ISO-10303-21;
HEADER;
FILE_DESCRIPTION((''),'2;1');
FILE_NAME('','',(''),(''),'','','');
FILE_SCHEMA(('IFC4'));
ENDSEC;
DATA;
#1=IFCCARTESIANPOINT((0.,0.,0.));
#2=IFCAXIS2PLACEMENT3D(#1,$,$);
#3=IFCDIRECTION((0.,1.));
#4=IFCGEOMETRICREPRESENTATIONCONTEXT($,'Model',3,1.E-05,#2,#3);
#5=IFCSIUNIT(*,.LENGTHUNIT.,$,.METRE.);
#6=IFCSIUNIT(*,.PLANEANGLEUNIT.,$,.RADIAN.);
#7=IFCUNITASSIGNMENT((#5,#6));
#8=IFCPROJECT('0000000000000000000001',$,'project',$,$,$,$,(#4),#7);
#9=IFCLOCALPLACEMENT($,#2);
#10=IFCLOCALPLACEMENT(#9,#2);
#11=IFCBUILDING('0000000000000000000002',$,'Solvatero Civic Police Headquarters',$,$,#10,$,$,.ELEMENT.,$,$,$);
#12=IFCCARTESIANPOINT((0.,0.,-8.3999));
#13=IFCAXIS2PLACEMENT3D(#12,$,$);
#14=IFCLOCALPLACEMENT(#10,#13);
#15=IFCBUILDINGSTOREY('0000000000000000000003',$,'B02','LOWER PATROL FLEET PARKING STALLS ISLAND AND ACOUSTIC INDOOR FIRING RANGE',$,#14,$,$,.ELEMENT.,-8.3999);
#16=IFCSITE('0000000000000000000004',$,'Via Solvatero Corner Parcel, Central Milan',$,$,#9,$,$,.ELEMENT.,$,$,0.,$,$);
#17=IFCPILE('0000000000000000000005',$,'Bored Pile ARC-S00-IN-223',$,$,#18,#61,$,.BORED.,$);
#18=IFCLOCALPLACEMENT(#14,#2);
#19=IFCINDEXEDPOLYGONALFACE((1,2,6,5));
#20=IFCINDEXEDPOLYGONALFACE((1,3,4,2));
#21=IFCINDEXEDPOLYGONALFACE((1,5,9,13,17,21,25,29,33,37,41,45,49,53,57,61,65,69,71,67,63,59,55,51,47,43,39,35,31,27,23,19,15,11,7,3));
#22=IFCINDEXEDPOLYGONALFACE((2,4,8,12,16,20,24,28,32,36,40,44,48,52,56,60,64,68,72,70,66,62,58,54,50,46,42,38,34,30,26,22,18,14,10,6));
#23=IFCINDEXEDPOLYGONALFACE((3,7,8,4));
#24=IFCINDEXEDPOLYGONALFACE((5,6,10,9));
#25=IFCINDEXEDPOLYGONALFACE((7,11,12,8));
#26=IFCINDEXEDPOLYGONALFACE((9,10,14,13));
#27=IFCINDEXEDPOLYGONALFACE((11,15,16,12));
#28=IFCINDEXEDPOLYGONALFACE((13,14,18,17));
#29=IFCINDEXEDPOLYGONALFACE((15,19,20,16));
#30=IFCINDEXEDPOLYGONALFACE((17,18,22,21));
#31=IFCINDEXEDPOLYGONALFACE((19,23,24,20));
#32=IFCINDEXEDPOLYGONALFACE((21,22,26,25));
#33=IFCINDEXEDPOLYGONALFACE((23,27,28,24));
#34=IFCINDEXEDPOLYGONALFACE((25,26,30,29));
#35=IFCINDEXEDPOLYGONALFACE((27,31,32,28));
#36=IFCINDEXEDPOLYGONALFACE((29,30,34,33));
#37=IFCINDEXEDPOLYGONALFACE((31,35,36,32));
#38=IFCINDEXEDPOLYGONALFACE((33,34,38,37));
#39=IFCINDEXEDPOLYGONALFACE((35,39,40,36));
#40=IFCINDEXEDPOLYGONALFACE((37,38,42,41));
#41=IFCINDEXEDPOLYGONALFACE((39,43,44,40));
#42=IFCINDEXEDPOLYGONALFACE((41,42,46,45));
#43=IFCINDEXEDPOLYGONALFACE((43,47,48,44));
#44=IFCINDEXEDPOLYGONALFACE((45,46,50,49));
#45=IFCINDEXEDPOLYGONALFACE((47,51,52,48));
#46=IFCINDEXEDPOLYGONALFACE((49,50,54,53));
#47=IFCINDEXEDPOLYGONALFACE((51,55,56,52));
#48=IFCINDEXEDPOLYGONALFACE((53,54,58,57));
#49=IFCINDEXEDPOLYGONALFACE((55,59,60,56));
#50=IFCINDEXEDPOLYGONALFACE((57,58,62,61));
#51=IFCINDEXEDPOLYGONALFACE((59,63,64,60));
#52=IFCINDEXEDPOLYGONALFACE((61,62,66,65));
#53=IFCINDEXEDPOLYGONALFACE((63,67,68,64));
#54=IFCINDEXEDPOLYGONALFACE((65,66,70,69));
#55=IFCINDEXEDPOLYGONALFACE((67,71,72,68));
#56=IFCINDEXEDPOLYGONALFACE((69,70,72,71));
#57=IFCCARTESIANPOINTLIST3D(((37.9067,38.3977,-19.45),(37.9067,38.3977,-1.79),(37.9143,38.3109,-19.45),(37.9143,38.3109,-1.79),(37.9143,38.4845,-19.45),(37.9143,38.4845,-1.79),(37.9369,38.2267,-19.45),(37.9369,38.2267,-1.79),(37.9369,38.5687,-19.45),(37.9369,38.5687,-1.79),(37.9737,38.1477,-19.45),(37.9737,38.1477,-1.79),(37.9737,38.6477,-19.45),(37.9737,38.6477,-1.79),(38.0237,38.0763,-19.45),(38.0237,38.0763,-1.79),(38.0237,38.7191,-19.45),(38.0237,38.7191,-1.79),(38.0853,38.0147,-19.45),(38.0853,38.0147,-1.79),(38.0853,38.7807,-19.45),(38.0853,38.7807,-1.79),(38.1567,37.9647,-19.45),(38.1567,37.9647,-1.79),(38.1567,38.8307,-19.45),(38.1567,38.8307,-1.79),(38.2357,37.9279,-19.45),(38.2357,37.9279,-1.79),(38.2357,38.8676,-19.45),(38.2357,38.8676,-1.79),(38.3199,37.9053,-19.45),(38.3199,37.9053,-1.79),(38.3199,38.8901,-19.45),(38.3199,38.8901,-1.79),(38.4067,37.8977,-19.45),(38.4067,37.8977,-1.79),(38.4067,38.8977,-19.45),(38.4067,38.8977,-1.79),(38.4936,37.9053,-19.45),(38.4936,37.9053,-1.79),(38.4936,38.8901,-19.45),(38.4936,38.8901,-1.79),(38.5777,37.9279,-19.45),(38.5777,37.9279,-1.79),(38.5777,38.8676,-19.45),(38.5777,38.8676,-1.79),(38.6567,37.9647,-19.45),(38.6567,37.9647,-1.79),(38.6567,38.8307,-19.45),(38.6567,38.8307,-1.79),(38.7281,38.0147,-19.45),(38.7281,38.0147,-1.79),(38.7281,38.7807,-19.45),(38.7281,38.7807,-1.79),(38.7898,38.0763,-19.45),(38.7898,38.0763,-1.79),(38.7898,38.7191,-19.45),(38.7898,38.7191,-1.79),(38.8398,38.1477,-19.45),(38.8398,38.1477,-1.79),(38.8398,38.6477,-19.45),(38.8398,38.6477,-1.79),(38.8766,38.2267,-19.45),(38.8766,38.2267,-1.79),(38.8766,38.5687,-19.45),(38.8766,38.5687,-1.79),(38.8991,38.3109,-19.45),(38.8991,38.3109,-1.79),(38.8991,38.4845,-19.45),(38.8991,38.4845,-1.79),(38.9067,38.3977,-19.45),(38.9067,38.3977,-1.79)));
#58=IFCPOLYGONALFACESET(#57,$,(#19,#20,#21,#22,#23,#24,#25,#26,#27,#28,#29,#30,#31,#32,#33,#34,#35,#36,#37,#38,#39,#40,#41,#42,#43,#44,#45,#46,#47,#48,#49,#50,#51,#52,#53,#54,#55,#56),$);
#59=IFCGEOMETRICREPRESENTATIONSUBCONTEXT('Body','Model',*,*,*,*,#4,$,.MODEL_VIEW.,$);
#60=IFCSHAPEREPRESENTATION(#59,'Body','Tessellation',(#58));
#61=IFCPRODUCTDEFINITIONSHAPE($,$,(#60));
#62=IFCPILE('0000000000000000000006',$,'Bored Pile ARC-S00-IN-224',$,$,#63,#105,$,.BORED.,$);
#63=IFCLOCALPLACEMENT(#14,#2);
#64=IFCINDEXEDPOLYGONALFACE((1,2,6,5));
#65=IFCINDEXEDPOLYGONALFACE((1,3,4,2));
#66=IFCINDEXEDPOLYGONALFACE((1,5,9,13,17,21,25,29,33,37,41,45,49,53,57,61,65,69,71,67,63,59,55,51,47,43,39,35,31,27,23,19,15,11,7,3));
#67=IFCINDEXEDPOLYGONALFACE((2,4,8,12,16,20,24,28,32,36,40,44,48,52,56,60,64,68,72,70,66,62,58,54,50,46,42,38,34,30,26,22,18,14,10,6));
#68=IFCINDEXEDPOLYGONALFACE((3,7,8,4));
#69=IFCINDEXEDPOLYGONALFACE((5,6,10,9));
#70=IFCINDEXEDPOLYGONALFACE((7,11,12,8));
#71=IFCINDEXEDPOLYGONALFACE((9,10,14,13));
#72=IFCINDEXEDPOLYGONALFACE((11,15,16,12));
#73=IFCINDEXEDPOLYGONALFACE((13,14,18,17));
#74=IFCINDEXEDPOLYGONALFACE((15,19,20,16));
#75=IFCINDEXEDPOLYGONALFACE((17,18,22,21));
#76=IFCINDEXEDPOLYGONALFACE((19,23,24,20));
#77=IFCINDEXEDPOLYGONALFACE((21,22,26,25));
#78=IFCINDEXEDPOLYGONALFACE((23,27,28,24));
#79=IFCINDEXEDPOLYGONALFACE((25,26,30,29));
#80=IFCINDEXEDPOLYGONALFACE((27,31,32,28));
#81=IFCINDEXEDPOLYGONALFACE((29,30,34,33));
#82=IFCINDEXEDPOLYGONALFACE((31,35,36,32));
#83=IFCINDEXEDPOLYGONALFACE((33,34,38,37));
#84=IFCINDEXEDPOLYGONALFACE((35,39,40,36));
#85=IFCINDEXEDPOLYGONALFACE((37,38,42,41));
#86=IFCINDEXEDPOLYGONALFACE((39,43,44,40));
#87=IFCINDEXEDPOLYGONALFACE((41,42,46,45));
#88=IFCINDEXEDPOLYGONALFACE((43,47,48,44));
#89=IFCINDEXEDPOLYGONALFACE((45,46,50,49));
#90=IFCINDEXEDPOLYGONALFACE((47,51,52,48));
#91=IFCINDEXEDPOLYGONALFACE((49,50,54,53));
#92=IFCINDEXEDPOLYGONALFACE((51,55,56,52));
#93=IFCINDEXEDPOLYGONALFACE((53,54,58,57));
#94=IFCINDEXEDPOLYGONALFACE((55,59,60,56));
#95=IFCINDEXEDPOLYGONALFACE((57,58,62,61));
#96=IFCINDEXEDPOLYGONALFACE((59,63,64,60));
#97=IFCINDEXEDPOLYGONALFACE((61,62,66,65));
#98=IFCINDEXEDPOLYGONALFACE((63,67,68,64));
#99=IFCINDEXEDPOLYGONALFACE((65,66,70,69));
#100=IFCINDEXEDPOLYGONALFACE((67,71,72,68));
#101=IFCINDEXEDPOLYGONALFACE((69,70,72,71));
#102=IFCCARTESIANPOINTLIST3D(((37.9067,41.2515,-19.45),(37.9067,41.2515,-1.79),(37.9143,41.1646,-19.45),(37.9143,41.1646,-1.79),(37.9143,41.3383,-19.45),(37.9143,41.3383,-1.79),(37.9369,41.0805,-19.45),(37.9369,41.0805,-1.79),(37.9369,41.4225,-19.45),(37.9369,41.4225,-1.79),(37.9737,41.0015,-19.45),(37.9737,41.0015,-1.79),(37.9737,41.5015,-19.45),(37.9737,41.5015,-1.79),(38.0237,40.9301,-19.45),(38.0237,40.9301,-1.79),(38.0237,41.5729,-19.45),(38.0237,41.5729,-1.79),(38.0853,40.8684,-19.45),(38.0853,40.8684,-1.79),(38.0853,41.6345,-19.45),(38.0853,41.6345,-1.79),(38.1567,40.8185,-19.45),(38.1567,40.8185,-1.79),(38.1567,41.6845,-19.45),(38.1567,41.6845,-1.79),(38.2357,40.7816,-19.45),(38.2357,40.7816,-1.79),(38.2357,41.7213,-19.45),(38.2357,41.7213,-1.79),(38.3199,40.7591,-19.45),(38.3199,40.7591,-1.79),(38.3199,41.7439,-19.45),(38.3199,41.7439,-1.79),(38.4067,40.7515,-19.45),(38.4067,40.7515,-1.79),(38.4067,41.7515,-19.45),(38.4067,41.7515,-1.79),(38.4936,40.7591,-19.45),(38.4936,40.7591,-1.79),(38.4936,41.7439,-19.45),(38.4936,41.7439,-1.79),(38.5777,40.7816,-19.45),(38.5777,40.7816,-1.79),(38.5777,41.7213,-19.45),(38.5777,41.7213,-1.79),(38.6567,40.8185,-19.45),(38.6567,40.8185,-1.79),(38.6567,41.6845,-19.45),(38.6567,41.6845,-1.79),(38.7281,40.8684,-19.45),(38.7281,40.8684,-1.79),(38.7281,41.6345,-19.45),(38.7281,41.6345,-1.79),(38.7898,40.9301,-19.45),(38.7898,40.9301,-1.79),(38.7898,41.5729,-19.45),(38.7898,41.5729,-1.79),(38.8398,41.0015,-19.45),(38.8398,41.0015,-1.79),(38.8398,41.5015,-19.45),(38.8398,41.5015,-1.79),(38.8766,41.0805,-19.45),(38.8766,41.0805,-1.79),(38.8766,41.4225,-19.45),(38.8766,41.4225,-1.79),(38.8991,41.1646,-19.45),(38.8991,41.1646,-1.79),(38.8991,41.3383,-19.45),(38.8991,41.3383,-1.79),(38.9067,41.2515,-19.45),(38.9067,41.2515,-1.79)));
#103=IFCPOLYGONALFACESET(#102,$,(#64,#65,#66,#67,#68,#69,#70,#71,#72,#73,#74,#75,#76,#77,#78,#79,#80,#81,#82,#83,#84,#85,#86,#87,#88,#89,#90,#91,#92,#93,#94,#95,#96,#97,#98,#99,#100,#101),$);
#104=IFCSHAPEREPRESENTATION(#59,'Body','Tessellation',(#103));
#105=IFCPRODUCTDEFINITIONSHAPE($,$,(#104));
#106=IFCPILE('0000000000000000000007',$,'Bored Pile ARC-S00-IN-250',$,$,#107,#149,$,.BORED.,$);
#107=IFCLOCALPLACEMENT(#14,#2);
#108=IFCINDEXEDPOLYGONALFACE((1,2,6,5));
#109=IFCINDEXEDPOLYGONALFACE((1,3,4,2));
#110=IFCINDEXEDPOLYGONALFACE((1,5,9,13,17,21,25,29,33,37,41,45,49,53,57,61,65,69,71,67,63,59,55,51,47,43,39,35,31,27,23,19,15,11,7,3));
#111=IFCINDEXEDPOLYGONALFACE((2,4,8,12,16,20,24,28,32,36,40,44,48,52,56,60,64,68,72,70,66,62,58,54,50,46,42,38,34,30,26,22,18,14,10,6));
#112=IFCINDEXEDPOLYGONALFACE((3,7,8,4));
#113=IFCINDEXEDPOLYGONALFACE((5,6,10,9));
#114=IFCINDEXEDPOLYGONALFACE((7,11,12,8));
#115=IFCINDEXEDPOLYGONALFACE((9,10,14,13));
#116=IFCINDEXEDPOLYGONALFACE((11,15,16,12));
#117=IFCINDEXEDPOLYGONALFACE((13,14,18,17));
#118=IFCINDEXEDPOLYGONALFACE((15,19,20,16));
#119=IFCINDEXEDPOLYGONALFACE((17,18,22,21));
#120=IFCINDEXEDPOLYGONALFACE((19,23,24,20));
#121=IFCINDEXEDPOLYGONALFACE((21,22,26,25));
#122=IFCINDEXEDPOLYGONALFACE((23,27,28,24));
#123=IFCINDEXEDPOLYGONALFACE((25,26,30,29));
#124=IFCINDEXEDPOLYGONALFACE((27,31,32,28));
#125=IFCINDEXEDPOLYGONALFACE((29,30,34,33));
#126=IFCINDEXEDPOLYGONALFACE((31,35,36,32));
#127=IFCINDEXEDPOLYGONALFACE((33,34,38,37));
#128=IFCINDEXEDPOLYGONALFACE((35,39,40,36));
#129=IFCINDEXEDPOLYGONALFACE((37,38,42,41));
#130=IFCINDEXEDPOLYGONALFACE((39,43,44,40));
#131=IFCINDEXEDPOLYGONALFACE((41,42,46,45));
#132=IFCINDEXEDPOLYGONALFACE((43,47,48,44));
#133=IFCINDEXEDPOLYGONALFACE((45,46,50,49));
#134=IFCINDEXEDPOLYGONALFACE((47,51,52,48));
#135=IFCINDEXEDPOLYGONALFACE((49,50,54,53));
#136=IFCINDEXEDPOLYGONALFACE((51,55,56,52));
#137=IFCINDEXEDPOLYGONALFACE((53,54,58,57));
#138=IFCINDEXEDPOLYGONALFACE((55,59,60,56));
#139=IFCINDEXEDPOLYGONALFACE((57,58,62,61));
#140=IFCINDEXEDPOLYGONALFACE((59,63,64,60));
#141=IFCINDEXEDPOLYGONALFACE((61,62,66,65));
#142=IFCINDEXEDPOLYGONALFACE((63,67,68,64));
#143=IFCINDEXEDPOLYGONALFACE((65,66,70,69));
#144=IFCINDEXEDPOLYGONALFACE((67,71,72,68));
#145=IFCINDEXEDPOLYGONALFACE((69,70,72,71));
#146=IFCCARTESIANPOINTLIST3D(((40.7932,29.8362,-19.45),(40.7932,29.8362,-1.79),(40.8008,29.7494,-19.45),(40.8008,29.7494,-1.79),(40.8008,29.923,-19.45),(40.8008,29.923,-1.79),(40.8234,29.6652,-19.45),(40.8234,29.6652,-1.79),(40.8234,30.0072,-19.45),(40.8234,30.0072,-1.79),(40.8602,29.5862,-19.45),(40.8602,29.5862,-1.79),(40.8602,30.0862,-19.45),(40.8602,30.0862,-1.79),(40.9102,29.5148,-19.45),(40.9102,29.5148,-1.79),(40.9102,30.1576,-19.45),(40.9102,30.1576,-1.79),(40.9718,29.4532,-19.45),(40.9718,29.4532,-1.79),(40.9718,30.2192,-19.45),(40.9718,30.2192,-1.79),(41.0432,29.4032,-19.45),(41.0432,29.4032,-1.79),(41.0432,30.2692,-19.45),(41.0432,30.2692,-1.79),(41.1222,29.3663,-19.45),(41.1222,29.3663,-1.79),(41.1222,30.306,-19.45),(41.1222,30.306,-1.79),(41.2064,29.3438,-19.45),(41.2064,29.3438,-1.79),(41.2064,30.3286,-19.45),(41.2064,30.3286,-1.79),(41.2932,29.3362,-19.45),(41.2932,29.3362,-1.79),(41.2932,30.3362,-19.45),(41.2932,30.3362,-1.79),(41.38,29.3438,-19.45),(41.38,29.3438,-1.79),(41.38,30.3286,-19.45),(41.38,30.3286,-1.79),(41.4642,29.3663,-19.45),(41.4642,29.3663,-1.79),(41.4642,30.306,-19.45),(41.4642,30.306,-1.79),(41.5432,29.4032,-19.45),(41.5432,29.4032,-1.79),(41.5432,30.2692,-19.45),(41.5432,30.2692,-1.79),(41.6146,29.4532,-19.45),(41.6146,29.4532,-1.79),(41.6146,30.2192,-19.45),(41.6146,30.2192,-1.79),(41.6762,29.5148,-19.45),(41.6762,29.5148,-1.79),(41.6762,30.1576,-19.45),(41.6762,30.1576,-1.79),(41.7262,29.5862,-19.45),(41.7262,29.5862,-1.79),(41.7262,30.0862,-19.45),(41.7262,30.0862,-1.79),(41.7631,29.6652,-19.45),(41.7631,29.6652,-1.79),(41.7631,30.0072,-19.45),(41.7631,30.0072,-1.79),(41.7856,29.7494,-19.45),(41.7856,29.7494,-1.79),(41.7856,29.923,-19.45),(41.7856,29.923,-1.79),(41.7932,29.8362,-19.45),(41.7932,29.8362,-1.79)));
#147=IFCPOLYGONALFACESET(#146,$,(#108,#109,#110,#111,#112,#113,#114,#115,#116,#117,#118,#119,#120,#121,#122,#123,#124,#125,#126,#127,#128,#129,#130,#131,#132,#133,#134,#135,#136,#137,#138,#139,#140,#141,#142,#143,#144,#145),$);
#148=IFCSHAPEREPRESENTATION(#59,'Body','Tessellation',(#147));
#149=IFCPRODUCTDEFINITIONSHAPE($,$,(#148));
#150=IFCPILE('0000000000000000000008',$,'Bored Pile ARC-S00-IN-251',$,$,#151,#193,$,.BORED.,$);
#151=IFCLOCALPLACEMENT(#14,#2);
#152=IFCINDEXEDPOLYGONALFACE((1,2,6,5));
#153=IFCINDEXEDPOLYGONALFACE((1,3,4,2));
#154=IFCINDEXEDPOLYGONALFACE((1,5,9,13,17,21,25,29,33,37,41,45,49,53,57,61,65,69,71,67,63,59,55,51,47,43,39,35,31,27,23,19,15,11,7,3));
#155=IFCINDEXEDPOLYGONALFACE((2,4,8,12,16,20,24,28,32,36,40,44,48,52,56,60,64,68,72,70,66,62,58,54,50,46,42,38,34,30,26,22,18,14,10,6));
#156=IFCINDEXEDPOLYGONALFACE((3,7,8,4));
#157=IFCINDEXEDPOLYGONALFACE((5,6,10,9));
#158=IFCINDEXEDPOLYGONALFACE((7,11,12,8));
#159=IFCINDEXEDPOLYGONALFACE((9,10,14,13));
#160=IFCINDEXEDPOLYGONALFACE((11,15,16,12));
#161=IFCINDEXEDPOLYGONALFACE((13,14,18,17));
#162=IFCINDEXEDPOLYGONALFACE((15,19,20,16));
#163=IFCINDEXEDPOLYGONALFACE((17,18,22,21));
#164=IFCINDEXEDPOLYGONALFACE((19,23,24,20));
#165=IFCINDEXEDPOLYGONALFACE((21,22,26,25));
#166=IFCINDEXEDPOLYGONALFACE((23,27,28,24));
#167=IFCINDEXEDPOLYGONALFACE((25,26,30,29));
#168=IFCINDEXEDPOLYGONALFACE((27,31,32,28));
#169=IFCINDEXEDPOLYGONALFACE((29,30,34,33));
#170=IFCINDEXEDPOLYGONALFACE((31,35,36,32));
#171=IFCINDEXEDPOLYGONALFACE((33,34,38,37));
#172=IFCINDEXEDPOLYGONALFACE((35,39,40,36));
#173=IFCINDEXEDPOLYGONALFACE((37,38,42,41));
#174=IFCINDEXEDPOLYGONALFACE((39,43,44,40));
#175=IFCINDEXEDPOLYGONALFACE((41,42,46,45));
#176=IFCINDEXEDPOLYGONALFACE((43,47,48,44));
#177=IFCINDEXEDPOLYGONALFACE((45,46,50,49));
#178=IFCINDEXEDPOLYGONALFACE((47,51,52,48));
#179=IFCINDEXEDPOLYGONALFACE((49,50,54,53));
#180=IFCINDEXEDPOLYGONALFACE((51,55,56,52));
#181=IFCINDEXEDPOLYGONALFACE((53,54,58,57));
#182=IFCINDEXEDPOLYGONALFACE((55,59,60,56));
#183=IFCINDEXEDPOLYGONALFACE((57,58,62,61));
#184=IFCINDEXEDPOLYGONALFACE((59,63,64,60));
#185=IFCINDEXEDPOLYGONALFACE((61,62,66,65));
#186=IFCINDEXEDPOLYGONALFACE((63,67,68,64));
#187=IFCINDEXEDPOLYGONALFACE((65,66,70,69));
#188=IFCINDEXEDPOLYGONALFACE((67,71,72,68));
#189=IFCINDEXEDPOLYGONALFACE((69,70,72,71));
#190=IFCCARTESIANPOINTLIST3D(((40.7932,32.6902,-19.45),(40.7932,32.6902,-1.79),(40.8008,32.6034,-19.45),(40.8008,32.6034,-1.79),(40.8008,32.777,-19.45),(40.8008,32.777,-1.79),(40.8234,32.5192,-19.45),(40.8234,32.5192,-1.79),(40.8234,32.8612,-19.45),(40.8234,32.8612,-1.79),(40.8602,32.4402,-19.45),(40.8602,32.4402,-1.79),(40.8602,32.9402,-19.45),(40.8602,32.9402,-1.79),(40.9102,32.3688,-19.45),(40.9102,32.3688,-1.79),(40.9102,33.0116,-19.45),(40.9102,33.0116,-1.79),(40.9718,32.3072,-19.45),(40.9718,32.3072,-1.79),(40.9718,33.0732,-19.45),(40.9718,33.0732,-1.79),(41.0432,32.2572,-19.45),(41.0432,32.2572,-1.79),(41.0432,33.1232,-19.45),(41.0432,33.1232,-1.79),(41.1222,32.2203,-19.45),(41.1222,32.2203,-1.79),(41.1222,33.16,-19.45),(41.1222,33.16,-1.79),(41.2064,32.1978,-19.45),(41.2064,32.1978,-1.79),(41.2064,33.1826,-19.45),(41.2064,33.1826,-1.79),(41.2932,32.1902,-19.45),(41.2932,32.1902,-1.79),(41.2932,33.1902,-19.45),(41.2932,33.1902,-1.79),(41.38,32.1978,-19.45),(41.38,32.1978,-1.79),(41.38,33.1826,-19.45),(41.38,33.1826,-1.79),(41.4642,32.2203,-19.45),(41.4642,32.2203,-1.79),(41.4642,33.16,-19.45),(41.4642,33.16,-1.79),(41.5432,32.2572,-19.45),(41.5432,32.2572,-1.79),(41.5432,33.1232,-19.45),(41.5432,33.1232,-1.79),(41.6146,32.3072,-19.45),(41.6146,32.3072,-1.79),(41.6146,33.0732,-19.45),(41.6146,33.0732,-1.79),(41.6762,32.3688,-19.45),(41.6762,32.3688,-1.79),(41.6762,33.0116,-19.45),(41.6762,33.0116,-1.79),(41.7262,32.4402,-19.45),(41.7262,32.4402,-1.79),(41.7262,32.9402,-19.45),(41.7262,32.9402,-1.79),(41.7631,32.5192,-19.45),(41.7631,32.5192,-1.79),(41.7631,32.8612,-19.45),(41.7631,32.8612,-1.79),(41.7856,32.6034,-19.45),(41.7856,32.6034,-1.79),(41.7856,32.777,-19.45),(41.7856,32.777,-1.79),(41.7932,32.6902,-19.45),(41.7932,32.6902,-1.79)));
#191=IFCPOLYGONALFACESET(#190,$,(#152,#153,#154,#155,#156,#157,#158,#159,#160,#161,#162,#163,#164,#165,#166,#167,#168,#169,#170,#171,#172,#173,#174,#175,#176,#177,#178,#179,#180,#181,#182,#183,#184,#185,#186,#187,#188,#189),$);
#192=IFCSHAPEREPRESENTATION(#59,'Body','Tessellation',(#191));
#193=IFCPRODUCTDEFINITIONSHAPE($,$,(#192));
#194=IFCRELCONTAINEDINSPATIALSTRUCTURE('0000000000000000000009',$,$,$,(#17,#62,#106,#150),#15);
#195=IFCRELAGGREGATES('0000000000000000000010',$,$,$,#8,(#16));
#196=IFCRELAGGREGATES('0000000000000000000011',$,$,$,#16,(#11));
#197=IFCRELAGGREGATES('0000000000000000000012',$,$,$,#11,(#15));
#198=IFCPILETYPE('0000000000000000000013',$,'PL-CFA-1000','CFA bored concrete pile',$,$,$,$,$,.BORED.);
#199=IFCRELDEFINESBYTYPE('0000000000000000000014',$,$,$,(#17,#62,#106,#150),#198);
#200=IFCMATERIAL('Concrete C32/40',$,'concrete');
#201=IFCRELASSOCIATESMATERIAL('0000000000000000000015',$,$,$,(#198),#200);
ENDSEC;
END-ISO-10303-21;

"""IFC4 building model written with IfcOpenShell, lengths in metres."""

from ifc_helpers import new_model, si_unit, direction, frame, origin, origin_2d, place, context, subcontext, project, spatial, circle, extrude, material, material_profile, profile_set, type_object, element, save


model = new_model("IFC4")

# Units and contexts
model_context = context("Model", 3, precision=1e-05, world=origin(), true_north=direction((0.0, 1.0)))
body_context = subcontext(model_context, "Body", "Model", "MODEL_VIEW")
ifc_project = project(units=[si_unit("LENGTHUNIT", "METRE"), si_unit("PLANEANGLEUNIT", "RADIAN")], contexts=[model_context])

# Site, building, storey
site_placement = place(None, origin())
site = spatial("IfcSite", under=ifc_project, at=site_placement, Name="Via Solvatero Corner Parcel, Central Milan", CompositionType="ELEMENT", RefElevation=0.0)
building_placement = place(site_placement, origin())
building = spatial("IfcBuilding", under=site, at=building_placement, Name="Solvatero Civic Police Headquarters", CompositionType="ELEMENT")
storey_placement = place(building_placement, frame((0.0, 0.0, -8.3999)))
storey = spatial("IfcBuildingStorey", under=building, at=storey_placement, Name="B02", Description="LOWER PATROL FLEET PARKING STALLS ISLAND AND ACOUSTIC INDOOR FIRING RANGE", CompositionType="ELEMENT", Elevation=-8.3999)

# Piles
ifc_material_1 = material(Name="Concrete C32/40", Category="concrete")
ifc_material_profile_1 = material_profile(ifc_material_1, circle(Radius=0.5, at=origin_2d()), Name="CFA PILE D1000")
ifc_profile_set_1 = profile_set([ifc_material_profile_1], Name="Concrete C32/40")
pile_type = type_object("IfcPileType", Name="PL-CFA-1000", Description="CFA bored concrete pile", PredefinedType="BORED", material=ifc_profile_set_1)
for number, where, z_axis, x_axis, name in (
    (1, (38.4067, 38.3977, -1.79), (0.0, 0.0, -1.0), (1.0, 0.0, 0.0), "Bored Pile ARC-S00-IN-223"),
    (2, (38.4067, 41.2515, -1.79), (0.0, 0.0, -1.0), (1.0, 0.0, 0.0), "Bored Pile ARC-S00-IN-224"),
    (3, (41.2932, 29.8362, -1.79), (0.0, 0.0, -1.0), (1.0, 0.0, 0.0), "Bored Pile ARC-S00-IN-250"),
    (4, (41.2932, 32.6902, -1.79), (0.0, 0.0, -1.0), (1.0, 0.0, 0.0), "Bored Pile ARC-S00-IN-251"),
):
    element("IfcPile", number, at=place(storey_placement, frame(where, z_axis=z_axis, x_axis=x_axis)), inside=storey, type_object=pile_type, Name=name, PredefinedType="BORED", context=body_context, shape_type="SweptSolid", body=[
        extrude(circle(Radius=0.5, at=origin_2d()), origin(), (0.0, 0.0, 1.0), 17.6599),
    ])

save(model, "model.ifc")
